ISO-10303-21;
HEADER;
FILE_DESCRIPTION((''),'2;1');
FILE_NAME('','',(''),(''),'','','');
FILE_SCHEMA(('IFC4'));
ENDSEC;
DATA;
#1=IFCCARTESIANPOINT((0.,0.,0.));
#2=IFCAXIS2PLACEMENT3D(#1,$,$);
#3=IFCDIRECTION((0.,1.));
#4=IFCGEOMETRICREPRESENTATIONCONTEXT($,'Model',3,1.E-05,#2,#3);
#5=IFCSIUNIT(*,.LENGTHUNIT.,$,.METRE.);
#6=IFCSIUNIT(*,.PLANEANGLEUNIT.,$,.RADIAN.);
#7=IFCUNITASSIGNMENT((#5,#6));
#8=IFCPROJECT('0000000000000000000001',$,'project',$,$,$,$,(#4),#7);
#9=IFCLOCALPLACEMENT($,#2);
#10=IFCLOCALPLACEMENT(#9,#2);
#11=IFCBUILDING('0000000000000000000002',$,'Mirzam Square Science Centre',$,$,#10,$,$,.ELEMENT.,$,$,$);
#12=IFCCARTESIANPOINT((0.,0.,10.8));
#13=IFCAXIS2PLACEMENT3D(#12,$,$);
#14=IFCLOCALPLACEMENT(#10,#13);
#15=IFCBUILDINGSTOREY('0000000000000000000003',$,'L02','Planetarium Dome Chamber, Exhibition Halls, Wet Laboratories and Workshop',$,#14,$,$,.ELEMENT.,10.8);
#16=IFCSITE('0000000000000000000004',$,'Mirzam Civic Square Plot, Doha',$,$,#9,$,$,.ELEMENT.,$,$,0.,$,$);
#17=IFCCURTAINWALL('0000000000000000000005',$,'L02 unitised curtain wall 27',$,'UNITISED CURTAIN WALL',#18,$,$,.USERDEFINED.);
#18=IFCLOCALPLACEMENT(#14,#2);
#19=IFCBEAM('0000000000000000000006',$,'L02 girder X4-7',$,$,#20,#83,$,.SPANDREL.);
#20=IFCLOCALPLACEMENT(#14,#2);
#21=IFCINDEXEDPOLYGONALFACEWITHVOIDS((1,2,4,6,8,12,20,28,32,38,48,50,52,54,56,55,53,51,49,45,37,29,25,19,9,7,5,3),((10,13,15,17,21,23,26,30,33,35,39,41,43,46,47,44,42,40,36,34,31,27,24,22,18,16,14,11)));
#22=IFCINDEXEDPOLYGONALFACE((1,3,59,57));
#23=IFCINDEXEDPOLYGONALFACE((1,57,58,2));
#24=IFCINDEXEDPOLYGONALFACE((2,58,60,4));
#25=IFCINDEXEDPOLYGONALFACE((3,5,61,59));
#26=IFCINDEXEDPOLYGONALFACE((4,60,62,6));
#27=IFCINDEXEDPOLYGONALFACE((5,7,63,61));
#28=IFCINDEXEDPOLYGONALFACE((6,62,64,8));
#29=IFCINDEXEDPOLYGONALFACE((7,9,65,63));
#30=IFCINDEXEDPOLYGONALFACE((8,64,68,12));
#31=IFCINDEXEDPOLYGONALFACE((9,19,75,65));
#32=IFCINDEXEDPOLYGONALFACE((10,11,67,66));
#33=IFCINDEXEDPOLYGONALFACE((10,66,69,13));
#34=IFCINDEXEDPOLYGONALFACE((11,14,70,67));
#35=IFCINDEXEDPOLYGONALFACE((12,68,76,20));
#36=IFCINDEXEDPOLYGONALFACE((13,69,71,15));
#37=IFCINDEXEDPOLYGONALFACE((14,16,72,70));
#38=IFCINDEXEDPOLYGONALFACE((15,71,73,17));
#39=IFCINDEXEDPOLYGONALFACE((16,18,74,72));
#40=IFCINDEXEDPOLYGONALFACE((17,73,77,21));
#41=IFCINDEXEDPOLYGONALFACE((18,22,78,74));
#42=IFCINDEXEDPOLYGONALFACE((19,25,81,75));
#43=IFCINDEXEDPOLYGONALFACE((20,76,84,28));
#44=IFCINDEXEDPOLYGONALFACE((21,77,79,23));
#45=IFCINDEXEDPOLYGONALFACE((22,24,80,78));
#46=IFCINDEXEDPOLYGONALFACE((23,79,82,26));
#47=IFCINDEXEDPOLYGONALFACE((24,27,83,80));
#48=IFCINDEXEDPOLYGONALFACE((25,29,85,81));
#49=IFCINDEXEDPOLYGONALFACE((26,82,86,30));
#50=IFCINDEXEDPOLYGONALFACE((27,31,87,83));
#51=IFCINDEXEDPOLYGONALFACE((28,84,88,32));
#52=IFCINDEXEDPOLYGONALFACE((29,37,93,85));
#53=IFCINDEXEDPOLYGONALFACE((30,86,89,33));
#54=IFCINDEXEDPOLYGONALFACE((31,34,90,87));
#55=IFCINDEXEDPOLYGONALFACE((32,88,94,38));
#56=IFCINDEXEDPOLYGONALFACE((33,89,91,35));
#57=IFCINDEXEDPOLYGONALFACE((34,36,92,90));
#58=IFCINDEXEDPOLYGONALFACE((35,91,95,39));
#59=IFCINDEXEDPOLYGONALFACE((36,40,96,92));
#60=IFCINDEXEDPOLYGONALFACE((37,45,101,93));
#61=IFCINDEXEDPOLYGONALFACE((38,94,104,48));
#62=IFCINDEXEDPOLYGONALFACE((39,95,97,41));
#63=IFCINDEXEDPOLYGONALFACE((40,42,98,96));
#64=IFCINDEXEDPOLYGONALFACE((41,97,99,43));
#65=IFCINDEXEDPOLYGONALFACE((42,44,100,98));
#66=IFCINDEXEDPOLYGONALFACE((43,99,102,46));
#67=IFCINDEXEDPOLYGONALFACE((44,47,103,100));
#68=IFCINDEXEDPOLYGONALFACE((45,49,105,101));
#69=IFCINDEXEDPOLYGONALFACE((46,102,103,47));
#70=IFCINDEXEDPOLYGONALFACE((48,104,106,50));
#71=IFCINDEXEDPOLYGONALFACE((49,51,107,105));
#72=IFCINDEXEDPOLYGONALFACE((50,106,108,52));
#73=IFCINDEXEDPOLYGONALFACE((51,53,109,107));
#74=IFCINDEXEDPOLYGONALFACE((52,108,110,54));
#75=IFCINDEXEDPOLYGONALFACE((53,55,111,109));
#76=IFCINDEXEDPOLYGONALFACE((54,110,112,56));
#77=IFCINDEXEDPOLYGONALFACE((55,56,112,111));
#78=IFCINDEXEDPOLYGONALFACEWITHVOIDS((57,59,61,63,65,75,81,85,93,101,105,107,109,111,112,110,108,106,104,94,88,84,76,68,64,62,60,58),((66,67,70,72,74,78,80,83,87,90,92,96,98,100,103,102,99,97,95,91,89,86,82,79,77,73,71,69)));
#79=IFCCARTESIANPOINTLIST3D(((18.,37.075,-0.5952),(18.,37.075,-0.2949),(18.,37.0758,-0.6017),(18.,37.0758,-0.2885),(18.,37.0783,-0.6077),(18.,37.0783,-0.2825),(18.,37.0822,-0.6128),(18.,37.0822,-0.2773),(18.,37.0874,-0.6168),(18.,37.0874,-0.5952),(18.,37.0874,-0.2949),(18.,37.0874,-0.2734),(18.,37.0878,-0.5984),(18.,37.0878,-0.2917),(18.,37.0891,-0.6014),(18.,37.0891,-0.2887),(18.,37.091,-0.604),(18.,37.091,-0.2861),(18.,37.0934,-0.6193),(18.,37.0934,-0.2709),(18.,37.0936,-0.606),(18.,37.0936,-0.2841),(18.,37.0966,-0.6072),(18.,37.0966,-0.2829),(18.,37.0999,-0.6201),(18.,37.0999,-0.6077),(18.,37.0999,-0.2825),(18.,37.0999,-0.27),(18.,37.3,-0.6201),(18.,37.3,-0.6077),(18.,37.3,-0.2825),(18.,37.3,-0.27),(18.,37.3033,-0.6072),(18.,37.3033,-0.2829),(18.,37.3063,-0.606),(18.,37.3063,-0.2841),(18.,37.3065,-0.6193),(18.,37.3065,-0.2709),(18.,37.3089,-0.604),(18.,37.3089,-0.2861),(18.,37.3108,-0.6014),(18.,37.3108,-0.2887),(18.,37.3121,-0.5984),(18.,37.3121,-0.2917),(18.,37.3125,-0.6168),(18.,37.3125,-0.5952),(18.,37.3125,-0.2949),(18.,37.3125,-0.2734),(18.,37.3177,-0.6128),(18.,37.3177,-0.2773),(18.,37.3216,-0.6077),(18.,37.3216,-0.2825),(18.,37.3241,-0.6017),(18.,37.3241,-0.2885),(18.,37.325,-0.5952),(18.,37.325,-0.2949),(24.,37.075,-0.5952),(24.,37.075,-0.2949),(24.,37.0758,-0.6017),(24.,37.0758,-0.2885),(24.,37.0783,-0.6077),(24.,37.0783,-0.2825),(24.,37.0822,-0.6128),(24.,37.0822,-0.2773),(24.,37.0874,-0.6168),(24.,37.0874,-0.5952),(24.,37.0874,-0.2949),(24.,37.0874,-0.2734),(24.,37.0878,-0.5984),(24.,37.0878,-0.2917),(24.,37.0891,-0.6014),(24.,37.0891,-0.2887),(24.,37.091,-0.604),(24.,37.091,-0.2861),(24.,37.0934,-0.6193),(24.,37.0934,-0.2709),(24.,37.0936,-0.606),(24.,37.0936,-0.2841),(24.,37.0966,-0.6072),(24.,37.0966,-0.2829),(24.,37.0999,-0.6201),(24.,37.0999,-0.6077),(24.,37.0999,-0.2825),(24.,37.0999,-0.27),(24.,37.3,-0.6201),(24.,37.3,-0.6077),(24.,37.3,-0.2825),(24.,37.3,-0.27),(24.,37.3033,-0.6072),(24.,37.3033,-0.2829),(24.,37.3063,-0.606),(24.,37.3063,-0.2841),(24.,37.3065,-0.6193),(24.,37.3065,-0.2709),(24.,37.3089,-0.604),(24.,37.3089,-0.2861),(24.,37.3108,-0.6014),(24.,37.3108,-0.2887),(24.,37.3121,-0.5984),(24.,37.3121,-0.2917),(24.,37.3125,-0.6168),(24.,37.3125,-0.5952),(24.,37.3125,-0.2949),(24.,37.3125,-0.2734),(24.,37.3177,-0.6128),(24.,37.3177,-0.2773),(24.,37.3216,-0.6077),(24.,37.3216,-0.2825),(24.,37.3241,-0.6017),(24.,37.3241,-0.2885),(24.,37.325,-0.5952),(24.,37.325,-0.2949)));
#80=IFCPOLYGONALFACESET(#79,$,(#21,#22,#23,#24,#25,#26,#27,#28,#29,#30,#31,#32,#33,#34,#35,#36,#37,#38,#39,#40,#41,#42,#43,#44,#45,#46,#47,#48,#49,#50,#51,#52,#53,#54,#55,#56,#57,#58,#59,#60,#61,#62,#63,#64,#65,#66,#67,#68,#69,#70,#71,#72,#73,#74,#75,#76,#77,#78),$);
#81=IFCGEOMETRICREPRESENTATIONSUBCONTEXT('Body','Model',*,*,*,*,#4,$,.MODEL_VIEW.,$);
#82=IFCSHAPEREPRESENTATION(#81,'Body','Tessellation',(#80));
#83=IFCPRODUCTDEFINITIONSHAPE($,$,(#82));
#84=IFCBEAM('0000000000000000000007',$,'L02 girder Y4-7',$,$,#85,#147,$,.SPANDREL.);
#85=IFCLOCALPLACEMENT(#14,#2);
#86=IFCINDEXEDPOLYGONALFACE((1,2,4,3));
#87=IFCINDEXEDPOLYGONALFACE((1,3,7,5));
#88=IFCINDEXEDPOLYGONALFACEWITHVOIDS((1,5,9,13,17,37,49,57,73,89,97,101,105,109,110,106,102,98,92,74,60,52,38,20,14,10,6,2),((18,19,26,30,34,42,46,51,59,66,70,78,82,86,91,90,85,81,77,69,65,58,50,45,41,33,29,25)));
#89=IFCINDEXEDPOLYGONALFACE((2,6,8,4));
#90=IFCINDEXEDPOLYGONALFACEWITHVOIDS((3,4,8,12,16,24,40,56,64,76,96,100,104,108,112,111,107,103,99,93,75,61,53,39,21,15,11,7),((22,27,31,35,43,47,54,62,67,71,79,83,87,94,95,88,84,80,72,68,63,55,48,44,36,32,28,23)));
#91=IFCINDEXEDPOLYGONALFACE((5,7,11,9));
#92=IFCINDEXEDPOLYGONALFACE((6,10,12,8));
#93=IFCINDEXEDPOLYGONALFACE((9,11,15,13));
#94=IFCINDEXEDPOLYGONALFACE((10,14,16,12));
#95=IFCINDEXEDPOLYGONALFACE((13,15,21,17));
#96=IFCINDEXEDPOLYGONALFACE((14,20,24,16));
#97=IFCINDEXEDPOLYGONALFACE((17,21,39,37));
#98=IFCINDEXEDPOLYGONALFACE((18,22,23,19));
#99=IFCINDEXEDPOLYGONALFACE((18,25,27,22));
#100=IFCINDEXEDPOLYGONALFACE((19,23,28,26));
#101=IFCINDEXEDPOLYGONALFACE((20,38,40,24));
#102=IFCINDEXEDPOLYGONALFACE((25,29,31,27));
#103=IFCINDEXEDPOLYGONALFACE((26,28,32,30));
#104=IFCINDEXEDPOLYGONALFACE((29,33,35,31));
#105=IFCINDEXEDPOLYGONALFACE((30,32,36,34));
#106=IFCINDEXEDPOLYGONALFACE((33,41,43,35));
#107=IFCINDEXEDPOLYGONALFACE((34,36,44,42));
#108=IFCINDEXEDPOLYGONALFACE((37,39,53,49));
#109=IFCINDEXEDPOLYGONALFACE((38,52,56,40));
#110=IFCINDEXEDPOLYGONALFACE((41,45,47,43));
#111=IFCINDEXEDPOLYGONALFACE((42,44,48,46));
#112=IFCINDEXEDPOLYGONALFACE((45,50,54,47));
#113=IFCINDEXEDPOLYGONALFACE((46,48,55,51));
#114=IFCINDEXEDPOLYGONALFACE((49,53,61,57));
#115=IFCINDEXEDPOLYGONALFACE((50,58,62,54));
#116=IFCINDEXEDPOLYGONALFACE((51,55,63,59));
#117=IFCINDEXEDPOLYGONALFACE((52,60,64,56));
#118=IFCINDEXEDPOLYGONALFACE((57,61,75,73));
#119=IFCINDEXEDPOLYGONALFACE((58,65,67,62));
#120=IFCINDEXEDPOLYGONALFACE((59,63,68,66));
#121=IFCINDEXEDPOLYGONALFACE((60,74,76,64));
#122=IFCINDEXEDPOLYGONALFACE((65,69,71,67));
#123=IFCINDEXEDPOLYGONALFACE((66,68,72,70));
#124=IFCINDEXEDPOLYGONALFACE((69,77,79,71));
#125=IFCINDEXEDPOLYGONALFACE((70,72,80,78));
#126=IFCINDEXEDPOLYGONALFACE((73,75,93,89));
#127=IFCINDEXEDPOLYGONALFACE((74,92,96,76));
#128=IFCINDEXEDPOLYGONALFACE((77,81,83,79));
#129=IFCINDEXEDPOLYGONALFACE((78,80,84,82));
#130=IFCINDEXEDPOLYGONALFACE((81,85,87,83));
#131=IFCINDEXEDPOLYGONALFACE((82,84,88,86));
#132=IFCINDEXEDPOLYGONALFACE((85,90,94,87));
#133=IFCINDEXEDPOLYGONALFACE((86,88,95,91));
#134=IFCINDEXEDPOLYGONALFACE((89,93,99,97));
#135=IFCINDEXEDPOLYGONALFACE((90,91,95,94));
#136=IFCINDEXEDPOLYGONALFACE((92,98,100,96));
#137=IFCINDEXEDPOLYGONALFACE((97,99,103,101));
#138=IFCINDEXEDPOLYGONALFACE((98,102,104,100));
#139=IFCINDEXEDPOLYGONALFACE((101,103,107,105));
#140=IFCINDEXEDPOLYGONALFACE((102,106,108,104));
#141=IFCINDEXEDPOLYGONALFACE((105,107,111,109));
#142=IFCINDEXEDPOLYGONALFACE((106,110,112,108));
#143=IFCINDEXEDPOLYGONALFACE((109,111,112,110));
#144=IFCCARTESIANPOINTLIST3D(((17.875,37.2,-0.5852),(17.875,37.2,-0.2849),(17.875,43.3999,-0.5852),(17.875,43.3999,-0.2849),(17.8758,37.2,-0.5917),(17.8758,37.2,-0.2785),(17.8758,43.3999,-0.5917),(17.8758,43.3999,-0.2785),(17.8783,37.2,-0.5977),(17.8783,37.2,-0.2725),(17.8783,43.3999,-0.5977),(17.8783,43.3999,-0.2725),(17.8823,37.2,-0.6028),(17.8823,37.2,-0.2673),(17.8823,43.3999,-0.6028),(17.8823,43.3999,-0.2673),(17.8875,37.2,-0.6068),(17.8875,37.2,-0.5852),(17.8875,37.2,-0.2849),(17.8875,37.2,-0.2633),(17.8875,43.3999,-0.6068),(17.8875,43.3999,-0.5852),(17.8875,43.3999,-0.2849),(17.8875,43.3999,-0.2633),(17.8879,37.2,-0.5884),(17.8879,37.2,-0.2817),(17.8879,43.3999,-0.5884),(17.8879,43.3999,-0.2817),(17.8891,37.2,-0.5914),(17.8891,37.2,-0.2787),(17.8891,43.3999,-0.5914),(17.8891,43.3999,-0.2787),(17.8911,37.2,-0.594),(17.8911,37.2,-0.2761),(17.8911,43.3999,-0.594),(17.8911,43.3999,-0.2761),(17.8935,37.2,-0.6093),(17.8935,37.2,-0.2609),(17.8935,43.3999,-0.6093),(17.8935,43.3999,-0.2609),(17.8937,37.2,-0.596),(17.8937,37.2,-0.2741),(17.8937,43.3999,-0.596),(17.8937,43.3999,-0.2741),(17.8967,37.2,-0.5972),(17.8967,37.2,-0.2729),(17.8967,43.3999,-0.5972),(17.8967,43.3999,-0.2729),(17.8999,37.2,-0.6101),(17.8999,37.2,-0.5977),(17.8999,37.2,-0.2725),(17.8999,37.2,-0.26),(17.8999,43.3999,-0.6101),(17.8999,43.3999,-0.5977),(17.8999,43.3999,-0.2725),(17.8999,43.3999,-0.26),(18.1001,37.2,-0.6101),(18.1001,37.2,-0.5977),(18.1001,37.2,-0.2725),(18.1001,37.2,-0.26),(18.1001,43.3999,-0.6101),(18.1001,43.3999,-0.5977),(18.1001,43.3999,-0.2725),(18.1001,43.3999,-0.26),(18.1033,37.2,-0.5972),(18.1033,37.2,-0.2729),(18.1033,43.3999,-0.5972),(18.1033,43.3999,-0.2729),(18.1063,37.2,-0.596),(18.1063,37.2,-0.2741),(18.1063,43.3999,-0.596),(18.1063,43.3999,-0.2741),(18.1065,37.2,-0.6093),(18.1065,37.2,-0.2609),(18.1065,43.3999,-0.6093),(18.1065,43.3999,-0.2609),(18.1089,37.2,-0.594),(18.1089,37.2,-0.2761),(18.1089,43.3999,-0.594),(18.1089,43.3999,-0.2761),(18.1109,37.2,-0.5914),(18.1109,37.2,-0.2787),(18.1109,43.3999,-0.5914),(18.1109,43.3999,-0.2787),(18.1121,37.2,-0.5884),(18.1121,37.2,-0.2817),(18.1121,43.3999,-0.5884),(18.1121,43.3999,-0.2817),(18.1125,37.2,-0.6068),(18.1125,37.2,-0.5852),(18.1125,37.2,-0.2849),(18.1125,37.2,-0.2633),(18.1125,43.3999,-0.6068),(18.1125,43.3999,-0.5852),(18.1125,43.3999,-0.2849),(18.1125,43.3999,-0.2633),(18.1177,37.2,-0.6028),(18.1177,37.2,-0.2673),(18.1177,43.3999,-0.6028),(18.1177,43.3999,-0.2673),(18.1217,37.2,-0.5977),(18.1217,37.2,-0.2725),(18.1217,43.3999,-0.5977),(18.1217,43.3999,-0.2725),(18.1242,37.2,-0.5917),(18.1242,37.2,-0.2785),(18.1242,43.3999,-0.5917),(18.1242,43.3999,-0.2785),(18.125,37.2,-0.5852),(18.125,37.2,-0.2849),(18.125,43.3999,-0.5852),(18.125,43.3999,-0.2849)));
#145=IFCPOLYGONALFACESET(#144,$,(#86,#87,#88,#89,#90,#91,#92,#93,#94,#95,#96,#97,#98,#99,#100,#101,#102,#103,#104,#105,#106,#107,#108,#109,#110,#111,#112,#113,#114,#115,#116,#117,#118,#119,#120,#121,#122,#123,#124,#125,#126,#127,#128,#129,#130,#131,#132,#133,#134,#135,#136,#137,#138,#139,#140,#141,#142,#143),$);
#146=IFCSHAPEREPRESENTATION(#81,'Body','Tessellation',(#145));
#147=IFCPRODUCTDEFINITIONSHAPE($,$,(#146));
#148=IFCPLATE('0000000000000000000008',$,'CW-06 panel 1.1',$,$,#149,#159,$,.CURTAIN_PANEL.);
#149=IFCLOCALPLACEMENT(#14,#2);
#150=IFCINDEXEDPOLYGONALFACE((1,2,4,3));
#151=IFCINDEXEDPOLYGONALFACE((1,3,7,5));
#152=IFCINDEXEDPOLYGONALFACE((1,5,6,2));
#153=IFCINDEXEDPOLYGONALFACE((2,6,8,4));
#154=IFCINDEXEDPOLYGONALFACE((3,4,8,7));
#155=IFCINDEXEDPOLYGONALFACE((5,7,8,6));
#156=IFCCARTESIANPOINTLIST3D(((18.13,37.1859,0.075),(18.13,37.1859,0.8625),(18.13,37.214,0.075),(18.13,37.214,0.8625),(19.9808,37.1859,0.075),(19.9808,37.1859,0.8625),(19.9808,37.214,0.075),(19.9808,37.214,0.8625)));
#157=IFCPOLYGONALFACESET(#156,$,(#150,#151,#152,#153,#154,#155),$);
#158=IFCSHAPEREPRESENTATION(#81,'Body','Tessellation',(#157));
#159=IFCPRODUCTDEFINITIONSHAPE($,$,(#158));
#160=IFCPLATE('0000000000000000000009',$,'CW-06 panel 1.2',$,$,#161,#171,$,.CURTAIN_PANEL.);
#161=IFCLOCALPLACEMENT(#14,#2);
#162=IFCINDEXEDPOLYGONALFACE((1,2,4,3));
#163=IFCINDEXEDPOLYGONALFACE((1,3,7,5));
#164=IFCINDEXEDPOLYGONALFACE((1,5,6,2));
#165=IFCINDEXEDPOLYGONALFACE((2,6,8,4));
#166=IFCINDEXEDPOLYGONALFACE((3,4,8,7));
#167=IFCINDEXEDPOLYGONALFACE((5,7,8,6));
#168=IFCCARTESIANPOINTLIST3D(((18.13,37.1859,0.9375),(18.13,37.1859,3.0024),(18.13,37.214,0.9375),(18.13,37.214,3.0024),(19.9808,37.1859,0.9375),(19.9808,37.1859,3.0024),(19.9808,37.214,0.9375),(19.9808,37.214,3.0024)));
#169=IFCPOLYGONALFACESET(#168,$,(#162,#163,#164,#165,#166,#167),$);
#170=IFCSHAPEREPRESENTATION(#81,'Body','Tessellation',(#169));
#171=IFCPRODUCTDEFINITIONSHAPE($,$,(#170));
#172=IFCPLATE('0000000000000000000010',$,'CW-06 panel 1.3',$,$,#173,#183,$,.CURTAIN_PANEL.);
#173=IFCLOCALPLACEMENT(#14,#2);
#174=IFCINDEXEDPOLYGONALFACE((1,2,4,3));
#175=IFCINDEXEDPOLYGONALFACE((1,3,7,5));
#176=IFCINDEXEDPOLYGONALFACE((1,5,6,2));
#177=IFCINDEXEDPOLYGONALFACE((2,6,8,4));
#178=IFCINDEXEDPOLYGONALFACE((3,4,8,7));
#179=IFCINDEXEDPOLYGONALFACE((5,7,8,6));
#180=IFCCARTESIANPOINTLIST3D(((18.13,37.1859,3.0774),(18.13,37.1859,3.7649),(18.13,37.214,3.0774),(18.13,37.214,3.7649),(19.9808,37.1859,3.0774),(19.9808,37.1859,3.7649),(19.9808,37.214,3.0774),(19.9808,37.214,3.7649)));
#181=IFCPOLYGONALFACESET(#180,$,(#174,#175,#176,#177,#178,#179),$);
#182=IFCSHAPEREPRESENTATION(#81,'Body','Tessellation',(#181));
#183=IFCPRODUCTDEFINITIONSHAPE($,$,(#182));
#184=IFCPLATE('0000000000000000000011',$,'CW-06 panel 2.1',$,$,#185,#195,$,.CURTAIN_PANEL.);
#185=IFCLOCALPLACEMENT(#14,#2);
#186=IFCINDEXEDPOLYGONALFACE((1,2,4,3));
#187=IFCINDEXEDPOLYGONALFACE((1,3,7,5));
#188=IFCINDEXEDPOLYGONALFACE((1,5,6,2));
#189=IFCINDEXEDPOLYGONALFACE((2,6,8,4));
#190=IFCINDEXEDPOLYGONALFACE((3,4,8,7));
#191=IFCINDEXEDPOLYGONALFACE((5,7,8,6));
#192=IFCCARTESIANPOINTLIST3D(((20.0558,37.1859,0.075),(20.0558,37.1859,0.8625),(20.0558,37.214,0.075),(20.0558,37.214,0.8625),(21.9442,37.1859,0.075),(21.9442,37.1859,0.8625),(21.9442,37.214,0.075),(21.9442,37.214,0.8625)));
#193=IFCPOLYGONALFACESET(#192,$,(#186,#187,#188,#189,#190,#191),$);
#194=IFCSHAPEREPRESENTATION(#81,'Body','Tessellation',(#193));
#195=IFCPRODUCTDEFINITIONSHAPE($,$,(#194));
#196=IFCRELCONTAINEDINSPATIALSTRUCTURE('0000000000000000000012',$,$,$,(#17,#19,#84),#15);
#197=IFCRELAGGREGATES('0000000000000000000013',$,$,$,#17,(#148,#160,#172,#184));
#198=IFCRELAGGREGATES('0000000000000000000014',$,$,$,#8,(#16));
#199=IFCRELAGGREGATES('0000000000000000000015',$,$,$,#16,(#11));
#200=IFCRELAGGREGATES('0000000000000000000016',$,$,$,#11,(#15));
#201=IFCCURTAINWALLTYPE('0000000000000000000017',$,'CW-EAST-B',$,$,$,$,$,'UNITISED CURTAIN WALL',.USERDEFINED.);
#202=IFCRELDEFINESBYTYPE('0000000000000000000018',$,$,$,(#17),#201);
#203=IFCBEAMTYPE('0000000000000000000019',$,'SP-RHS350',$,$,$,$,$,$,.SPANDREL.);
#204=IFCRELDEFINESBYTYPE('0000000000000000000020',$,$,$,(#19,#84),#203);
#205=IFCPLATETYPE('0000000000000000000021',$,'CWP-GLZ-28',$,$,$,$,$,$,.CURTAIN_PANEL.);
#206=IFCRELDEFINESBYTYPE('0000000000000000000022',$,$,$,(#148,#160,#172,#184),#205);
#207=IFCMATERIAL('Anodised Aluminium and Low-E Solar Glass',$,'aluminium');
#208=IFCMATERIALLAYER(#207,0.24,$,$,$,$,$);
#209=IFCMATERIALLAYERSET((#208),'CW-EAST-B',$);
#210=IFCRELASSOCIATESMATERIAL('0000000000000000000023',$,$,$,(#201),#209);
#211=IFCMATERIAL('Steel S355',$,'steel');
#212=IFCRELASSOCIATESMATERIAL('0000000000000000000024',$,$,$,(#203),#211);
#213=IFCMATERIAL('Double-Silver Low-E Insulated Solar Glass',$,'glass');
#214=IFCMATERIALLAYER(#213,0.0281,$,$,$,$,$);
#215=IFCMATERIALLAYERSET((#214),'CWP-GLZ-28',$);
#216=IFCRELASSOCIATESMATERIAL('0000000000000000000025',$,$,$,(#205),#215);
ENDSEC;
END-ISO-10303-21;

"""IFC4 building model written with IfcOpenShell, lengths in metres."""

from ifc_helpers import new_model, si_unit, direction, frame, origin, origin_2d, place, context, subcontext, project, spatial, rectangle, hollow_rectangle, extrude, material, layer, layer_set, material_profile, profile_set, type_object, element, aggregate, save


model = new_model("IFC4")

# Units and contexts
model_context = context("Model", 3, precision=1e-05, world=origin(), true_north=direction((0.0, 1.0)))
body_context = subcontext(model_context, "Body", "Model", "MODEL_VIEW")
ifc_project = project(units=[si_unit("LENGTHUNIT", "METRE"), si_unit("PLANEANGLEUNIT", "RADIAN")], contexts=[model_context])

# Site, building, storey
site_placement = place(None, origin())
site = spatial("IfcSite", under=ifc_project, at=site_placement, Name="Mirzam Civic Square Plot, Doha", CompositionType="ELEMENT", RefElevation=0.0)
building_placement = place(site_placement, origin())
building = spatial("IfcBuilding", under=site, at=building_placement, Name="Mirzam Square Science Centre", CompositionType="ELEMENT")
storey_placement = place(building_placement, frame((0.0, 0.0, 10.8)))
storey = spatial("IfcBuildingStorey", under=building, at=storey_placement, Name="L02", Description="Planetarium Dome Chamber, Exhibition Halls, Wet Laboratories and Workshop", CompositionType="ELEMENT", Elevation=10.8)

# Shared definitions
ifc_material_1 = material(Name="Steel S355", Category="steel")

# Curtain wall
ifc_material_2 = material(Name="Anodised Aluminium and Low-E Solar Glass", Category="aluminium")
ifc_layer_1 = layer(ifc_material_2, 0.24)
ifc_layer_set_1 = layer_set([ifc_layer_1], Name="CW-EAST-B")
curtain_wall_type = type_object("IfcCurtainWallType", Name="CW-EAST-B", ElementType="UNITISED CURTAIN WALL", PredefinedType="USERDEFINED", material=ifc_layer_set_1)
curtain_wall_placement = place(storey_placement, origin())
curtain_wall = element("IfcCurtainWall", 1, at=curtain_wall_placement, inside=storey, type_object=curtain_wall_type, Name="L02 unitised curtain wall 27", ObjectType="UNITISED CURTAIN WALL", PredefinedType="USERDEFINED")

# Beams
ifc_material_profile_1 = material_profile(ifc_material_1, hollow_rectangle(XDim=0.25, YDim=0.3501, WallThickness=0.0125, InnerFilletRadius=0.0125, OuterFilletRadius=0.0249, at=origin_2d()), Name="350x250x12.5RHS")
ifc_profile_set_1 = profile_set([ifc_material_profile_1], Name="Steel S355")
beam_type = type_object("IfcBeamType", Name="SP-RHS350", PredefinedType="SPANDREL", material=ifc_profile_set_1)
beam_1_placement = place(storey_placement, frame((18.0, 37.2, -0.4451), z_axis=(1.0, 0.0, 0.0), x_axis=(0.0, 1.0, 0.0)))
element("IfcBeam", 2, at=beam_1_placement, inside=storey, type_object=beam_type, Name="L02 girder X4-7", PredefinedType="SPANDREL", context=body_context, shape_type="SweptSolid", body=[
    extrude(hollow_rectangle(XDim=0.25, YDim=0.3501, WallThickness=0.0125, InnerFilletRadius=0.0125, OuterFilletRadius=0.0249, at=origin_2d()), origin(), (0.0, 0.0, 1.0), 6.0),
])
beam_2_placement = place(storey_placement, frame((18.0, 37.2, -0.4351), z_axis=(0.0, 1.0, 0.0), x_axis=(-1.0, 0.0, 0.0)))
element("IfcBeam", 3, at=beam_2_placement, inside=storey, type_object=beam_type, Name="L02 girder Y4-7", PredefinedType="SPANDREL", context=body_context, shape_type="SweptSolid", body=[
    extrude(hollow_rectangle(XDim=0.25, YDim=0.3501, WallThickness=0.0125, InnerFilletRadius=0.0125, OuterFilletRadius=0.0249, at=origin_2d()), origin(), (0.0, 0.0, 1.0), 6.2),
])

# Plates
ifc_material_3 = material(Name="Double-Silver Low-E Insulated Solar Glass", Category="glass")
ifc_layer_2 = layer(ifc_material_3, 0.0281)
ifc_layer_set_2 = layer_set([ifc_layer_2], Name="CWP-GLZ-28")
plate_type = type_object("IfcPlateType", Name="CWP-GLZ-28", PredefinedType="CURTAIN_PANEL", material=ifc_layer_set_2)
plate_1_placement = place(storey_placement, frame((19.0554, 37.2, 0.075), z_axis=(0.0, 0.0, 1.0), x_axis=(1.0, 0.0, 0.0)))
plate_1 = element("IfcPlate", 4, at=plate_1_placement, type_object=plate_type, Name="CW-06 panel 1.1", PredefinedType="CURTAIN_PANEL", context=body_context, shape_type="SweptSolid", body=[
    extrude(rectangle(XDim=1.8508, YDim=0.0281, at=origin_2d()), origin(), (0.0, 0.0, 1.0), 0.7876),
])
plate_2_placement = place(storey_placement, frame((19.0554, 37.2, 0.9375), z_axis=(0.0, 0.0, 1.0), x_axis=(1.0, 0.0, 0.0)))
plate_2 = element("IfcPlate", 5, at=plate_2_placement, type_object=plate_type, Name="CW-06 panel 1.2", PredefinedType="CURTAIN_PANEL", context=body_context, shape_type="SweptSolid", body=[
    extrude(rectangle(XDim=1.8508, YDim=0.0281, at=origin_2d()), origin(), (0.0, 0.0, 1.0), 2.0649),
])
plate_3_placement = place(storey_placement, frame((19.0554, 37.2, 3.0774), z_axis=(0.0, 0.0, 1.0), x_axis=(1.0, 0.0, 0.0)))
plate_3 = element("IfcPlate", 6, at=plate_3_placement, type_object=plate_type, Name="CW-06 panel 1.3", PredefinedType="CURTAIN_PANEL", context=body_context, shape_type="SweptSolid", body=[
    extrude(rectangle(XDim=1.8508, YDim=0.0281, at=origin_2d()), origin(), (0.0, 0.0, 1.0), 0.6875),
])
plate_4_placement = place(storey_placement, frame((21.0, 37.2, 0.075), z_axis=(0.0, 0.0, 1.0), x_axis=(1.0, 0.0, 0.0)))
plate_4 = element("IfcPlate", 7, at=plate_4_placement, type_object=plate_type, Name="CW-06 panel 2.1", PredefinedType="CURTAIN_PANEL", context=body_context, shape_type="SweptSolid", body=[
    extrude(rectangle(XDim=1.8884, YDim=0.0281, at=origin_2d()), origin(), (0.0, 0.0, 1.0), 0.7876),
])
aggregate(curtain_wall, [plate_1, plate_2, plate_3, plate_4])

save(model, "model.ifc")
